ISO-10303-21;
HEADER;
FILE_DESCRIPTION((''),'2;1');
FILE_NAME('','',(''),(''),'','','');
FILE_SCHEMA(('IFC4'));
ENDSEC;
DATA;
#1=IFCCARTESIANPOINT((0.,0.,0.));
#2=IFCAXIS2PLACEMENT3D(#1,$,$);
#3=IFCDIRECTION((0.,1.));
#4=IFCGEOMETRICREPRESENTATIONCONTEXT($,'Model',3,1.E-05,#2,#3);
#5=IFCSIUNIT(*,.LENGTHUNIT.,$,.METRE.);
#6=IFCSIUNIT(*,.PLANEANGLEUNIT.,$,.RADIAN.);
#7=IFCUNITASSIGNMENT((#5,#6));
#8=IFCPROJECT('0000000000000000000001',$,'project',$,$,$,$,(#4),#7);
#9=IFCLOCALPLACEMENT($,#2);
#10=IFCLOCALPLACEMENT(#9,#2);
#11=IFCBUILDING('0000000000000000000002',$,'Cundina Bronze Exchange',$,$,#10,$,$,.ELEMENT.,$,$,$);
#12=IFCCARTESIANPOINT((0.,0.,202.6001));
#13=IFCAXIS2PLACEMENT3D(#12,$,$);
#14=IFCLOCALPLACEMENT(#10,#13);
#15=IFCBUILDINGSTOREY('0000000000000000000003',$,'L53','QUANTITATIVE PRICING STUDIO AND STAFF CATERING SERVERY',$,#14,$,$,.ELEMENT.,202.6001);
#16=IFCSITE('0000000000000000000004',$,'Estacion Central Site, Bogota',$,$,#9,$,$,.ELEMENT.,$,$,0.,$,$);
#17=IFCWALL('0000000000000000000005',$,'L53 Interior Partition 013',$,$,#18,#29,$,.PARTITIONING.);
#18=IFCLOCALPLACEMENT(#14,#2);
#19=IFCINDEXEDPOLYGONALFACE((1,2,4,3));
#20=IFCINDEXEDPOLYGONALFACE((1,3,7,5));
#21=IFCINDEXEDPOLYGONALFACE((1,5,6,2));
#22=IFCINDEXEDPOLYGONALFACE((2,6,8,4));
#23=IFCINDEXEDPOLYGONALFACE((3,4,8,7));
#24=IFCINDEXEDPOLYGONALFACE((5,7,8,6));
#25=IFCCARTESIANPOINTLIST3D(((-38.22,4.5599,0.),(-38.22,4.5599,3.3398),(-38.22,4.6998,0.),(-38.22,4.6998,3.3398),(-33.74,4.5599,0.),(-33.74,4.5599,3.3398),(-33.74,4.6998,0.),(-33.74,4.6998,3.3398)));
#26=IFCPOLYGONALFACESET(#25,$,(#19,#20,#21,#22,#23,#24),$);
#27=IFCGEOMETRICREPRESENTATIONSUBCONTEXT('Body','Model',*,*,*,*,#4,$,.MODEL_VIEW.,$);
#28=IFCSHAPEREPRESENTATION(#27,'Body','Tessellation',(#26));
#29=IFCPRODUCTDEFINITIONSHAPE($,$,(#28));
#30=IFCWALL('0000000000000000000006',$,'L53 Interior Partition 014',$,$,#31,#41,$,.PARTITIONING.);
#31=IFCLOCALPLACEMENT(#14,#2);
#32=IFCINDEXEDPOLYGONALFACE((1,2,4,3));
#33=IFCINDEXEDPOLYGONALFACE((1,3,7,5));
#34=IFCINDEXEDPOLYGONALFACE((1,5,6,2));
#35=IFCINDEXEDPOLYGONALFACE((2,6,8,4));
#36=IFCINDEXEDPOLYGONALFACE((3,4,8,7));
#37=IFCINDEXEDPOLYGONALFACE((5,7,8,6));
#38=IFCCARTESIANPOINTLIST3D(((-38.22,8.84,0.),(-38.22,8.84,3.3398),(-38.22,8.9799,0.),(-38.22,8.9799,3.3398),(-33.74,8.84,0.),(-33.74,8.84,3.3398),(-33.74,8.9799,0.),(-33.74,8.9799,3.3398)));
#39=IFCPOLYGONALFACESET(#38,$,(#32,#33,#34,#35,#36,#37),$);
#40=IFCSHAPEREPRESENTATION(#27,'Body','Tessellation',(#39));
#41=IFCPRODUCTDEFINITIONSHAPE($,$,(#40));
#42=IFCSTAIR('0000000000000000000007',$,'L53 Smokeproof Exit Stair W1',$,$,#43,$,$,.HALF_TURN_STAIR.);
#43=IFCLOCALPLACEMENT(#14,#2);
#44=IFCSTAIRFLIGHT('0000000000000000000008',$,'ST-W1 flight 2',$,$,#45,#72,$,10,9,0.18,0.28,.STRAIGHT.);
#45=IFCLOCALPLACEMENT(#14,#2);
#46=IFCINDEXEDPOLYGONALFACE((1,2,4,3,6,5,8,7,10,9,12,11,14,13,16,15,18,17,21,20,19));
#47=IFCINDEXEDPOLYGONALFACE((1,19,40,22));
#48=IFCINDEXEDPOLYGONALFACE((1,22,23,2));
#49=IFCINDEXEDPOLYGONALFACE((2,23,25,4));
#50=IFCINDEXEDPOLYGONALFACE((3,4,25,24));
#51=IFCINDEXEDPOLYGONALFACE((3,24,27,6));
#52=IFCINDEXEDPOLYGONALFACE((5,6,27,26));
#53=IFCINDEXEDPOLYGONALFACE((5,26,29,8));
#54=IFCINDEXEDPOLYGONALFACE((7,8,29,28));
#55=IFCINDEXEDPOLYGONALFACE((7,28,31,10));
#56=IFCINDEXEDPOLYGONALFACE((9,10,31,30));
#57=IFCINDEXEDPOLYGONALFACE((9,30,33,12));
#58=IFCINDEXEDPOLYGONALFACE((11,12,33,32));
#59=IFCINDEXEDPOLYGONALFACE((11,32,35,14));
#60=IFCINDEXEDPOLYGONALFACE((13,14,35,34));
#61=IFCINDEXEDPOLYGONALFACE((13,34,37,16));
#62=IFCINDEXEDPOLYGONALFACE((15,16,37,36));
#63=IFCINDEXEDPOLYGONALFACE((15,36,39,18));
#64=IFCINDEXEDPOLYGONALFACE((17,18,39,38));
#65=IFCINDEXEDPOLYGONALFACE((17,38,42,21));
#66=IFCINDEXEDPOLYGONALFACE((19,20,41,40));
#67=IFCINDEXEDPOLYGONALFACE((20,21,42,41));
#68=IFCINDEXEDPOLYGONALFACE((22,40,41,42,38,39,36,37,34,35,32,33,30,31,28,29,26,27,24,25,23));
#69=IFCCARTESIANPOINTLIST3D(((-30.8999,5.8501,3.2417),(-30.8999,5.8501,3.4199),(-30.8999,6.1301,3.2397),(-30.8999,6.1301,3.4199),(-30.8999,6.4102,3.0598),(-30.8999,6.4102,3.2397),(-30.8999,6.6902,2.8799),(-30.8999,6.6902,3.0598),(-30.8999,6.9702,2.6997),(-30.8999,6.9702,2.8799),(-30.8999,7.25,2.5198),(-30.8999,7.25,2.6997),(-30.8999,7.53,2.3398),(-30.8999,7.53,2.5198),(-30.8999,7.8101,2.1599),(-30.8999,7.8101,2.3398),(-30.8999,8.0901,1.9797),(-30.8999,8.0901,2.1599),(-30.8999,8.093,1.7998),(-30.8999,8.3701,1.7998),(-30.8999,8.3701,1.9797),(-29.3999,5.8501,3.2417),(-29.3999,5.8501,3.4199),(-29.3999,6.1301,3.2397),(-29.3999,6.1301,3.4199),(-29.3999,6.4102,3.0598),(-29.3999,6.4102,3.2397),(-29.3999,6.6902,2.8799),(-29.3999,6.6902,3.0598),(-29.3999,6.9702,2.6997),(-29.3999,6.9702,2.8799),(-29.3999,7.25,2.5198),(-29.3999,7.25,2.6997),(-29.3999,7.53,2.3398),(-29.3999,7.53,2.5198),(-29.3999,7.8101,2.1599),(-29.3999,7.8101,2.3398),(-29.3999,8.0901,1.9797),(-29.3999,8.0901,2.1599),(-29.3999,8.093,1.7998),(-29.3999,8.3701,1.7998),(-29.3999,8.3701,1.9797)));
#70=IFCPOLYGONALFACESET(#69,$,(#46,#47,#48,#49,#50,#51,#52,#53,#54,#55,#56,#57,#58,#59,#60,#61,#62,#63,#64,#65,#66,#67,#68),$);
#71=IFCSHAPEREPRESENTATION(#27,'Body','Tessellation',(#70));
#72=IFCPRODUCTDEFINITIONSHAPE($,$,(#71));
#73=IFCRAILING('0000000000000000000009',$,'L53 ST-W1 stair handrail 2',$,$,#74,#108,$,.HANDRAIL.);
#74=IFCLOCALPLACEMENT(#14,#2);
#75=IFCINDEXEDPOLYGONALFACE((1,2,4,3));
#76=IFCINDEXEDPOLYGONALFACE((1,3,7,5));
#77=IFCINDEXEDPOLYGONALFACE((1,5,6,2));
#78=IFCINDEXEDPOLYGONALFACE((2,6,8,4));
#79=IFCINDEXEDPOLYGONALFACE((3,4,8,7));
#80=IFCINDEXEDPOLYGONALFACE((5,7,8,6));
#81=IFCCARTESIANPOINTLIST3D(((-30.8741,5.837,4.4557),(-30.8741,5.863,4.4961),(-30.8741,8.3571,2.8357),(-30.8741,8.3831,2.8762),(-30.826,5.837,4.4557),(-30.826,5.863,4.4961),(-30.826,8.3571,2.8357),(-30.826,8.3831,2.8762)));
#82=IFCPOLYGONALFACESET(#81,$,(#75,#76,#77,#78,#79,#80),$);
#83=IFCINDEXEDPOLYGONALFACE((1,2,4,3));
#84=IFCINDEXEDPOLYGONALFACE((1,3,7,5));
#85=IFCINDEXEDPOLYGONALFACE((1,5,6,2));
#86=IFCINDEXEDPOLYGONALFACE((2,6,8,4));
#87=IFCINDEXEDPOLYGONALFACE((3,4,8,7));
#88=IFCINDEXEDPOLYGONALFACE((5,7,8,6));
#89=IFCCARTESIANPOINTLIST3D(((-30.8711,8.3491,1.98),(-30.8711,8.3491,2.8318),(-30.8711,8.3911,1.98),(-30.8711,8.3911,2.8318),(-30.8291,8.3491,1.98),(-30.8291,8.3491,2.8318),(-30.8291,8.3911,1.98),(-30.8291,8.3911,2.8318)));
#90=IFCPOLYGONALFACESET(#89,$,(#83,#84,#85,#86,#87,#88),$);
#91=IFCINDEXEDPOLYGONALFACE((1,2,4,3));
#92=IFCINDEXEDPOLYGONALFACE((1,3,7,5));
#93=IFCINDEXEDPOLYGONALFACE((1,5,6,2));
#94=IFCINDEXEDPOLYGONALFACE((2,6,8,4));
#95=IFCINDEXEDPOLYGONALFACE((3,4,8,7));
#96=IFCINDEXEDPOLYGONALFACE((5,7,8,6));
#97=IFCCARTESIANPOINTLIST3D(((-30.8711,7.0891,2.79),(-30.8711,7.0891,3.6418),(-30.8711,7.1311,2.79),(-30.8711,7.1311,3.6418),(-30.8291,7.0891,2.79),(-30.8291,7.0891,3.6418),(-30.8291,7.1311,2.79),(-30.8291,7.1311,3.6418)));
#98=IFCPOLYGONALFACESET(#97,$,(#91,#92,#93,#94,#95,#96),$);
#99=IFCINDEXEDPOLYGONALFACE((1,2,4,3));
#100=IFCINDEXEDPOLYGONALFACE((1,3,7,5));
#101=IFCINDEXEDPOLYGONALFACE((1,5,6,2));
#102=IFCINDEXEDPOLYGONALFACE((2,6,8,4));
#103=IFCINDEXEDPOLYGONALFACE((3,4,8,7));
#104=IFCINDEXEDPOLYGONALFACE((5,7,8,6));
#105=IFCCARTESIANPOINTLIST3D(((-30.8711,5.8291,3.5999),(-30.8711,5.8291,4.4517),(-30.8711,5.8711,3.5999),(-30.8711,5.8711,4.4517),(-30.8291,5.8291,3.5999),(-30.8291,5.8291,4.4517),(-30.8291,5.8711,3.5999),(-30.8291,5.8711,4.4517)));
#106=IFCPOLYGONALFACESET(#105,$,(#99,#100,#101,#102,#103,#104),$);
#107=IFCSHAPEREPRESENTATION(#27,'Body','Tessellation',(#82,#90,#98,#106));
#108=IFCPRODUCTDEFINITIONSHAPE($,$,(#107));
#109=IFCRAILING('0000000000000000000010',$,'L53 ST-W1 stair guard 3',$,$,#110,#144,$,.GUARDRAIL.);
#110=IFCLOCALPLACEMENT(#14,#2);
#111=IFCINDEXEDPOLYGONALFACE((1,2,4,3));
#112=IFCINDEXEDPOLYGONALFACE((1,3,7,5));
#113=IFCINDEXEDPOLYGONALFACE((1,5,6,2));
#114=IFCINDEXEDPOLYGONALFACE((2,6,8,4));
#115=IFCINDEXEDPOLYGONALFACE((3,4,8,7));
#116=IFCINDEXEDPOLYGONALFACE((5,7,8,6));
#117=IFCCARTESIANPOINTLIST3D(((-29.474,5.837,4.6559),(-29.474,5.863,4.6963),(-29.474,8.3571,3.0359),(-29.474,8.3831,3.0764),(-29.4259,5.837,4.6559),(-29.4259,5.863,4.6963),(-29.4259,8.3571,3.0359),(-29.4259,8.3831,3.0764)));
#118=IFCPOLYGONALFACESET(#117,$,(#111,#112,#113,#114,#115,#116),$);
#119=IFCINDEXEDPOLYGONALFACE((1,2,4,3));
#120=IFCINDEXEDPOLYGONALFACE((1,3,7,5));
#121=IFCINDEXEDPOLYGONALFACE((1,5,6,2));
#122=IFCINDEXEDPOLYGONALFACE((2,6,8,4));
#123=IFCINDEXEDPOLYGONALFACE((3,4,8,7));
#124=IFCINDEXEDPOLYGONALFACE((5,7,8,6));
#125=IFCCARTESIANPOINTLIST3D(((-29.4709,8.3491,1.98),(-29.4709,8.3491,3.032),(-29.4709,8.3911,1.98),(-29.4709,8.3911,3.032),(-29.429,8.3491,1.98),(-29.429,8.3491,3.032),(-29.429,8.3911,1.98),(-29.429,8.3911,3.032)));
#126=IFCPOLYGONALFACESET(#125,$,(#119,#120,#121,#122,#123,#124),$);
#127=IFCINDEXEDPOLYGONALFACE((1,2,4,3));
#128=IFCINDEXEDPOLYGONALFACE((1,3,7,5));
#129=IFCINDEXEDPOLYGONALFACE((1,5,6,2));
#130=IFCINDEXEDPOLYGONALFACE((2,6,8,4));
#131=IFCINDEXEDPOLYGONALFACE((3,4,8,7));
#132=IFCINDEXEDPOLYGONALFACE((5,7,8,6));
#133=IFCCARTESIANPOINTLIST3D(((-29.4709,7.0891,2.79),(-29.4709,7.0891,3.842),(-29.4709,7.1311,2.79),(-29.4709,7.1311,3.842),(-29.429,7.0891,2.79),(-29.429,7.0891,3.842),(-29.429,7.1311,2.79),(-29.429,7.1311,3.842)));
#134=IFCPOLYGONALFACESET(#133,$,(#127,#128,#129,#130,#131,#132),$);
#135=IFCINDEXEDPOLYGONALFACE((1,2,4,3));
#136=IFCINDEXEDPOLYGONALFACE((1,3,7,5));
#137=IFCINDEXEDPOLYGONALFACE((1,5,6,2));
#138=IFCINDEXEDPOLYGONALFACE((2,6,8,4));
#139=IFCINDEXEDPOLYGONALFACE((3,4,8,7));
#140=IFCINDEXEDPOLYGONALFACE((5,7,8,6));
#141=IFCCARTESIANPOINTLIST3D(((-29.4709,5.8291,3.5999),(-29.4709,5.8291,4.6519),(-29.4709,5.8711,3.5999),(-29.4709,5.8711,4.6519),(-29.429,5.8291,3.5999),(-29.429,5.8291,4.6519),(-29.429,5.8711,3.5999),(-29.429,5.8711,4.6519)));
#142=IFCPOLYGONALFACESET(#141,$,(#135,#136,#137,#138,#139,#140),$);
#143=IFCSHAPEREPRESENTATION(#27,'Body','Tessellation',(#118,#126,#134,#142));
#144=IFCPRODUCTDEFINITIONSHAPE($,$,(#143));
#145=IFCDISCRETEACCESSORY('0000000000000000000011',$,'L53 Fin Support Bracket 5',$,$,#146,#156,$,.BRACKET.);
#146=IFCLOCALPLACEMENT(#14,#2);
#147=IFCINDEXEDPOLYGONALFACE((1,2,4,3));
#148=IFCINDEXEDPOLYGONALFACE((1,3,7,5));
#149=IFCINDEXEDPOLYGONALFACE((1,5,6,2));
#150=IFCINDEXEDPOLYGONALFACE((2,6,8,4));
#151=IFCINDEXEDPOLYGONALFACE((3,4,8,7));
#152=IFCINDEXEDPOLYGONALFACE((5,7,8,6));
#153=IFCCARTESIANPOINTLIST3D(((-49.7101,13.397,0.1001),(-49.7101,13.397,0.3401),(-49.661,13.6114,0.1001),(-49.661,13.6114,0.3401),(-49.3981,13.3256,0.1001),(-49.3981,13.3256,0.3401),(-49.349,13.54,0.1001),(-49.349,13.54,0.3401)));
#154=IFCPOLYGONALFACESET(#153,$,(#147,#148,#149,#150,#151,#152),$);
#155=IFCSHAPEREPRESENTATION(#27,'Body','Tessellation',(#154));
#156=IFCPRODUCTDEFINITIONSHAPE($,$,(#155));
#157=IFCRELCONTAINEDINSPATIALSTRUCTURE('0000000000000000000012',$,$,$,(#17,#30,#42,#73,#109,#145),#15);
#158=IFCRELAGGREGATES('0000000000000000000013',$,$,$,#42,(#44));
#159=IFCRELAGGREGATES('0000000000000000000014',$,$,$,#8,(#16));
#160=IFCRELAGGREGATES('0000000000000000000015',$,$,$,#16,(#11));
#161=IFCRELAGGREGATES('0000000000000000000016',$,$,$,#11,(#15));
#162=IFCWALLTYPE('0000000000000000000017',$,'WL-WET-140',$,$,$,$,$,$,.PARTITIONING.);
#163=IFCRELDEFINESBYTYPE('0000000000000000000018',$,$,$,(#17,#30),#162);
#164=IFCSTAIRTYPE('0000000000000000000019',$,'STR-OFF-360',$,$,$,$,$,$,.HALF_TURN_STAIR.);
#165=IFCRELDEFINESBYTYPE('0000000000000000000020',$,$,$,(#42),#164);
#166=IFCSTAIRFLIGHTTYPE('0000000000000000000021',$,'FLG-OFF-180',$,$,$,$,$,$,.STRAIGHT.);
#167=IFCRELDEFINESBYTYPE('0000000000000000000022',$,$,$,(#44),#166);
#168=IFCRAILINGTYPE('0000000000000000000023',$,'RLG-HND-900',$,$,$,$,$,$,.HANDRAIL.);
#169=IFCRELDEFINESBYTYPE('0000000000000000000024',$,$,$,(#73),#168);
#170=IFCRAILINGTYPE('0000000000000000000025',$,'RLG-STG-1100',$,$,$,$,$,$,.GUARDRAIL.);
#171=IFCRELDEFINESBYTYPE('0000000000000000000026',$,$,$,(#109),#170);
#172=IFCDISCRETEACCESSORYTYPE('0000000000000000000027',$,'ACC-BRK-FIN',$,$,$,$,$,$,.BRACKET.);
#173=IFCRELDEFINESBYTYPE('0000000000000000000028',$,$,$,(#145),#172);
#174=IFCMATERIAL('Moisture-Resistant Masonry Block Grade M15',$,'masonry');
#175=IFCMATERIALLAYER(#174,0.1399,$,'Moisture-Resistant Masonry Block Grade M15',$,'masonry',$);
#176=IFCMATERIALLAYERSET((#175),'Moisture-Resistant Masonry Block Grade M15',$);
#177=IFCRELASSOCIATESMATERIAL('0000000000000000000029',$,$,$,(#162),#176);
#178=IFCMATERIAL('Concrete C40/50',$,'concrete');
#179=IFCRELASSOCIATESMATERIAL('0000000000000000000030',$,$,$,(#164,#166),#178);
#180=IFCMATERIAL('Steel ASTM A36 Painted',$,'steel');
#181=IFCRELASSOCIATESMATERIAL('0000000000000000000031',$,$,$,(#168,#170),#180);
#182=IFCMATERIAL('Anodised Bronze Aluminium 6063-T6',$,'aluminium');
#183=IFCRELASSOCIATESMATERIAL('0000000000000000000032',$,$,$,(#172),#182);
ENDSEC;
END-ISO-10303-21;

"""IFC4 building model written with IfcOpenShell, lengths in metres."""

from ifc_helpers import new_model, si_unit, direction, frame, frame_2d, origin, origin_2d, place, context, subcontext, project, spatial, polyline, rectangle, outline, extrude, material, layer, layer_set, type_object, element, aggregate, save


model = new_model("IFC4")

# Units and contexts
model_context = context("Model", 3, precision=1e-05, world=origin(), true_north=direction((0.0, 1.0)))
body_context = subcontext(model_context, "Body", "Model", "MODEL_VIEW")
ifc_project = project(units=[si_unit("LENGTHUNIT", "METRE"), si_unit("PLANEANGLEUNIT", "RADIAN")], contexts=[model_context])

# Site, building, storey
site_placement = place(None, origin())
site = spatial("IfcSite", under=ifc_project, at=site_placement, Name="Estacion Central Site, Bogota", CompositionType="ELEMENT", RefElevation=0.0)
building_placement = place(site_placement, origin())
building = spatial("IfcBuilding", under=site, at=building_placement, Name="Cundina Bronze Exchange", CompositionType="ELEMENT")
storey_placement = place(building_placement, frame((0.0, 0.0, 202.6001)))
storey = spatial("IfcBuildingStorey", under=building, at=storey_placement, Name="L53", Description="QUANTITATIVE PRICING STUDIO AND STAFF CATERING SERVERY", CompositionType="ELEMENT", Elevation=202.6001)

# Shared definitions
ifc_material_1 = material(Name="Anodised Bronze Aluminium 6063-T6", Category="aluminium")

# Shared definitions
ifc_material_2 = material(Name="Steel ASTM A36 Painted", Category="steel")

# Walls
ifc_material_3 = material(Name="Moisture-Resistant Masonry Block Grade M15", Category="masonry")
ifc_layer_1 = layer(ifc_material_3, 0.1399, Name="Moisture-Resistant Masonry Block Grade M15", Category="masonry")
ifc_layer_set_1 = layer_set([ifc_layer_1], Name="Moisture-Resistant Masonry Block Grade M15")
wall_type_1 = type_object("IfcWallType", Name="WL-WET-140", PredefinedType="PARTITIONING", material=ifc_layer_set_1)
for number, where, z_axis, x_axis, name in (
    (1, (-38.22, 4.6299, 0.0), (0.0, 0.0, 1.0), (1.0, 0.0, 0.0), "L53 Interior Partition 013"),
    (2, (-38.22, 8.9099, 0.0), (0.0, 0.0, 1.0), (1.0, 0.0, 0.0), "L53 Interior Partition 014"),
):
    element("IfcWall", number, at=place(storey_placement, frame(where, z_axis=z_axis, x_axis=x_axis)), inside=storey, type_object=wall_type_1, Name=name, PredefinedType="PARTITIONING", context=body_context, shape_type="SweptSolid", body=[
        extrude(rectangle(XDim=4.48, YDim=0.1399, at=frame_2d((2.24, 0.0))), origin(), (0.0, 0.0, 1.0), 3.3398),
    ])

# Stair, stair flight
ifc_material_4 = material(Name="Concrete C40/50", Category="concrete")
stair_type = type_object("IfcStairType", Name="STR-OFF-360", PredefinedType="HALF_TURN_STAIR", material=ifc_material_4)
stair_placement = place(storey_placement, origin())
stair = element("IfcStair", 3, at=stair_placement, inside=storey, type_object=stair_type, Name="L53 Smokeproof Exit Stair W1", PredefinedType="HALF_TURN_STAIR")
stair_flight_type = type_object("IfcStairFlightType", Name="FLG-OFF-180", PredefinedType="STRAIGHT", material=ifc_material_4)
stair_flight_placement = place(storey_placement, frame((-30.1499, 8.3701, 1.7998), z_axis=(0.0, 0.0, 1.0), x_axis=(0.0, -1.0, 0.0)))
stair_flight = element("IfcStairFlight", 4, at=stair_flight_placement, type_object=stair_flight_type, Name="ST-W1 flight 2", NumberOfRisers=10, NumberOfTreads=9, PredefinedType="STRAIGHT", RiserHeight=0.18, TreadLength=0.28, context=body_context, shape_type="SweptSolid", body=[
    extrude(outline(polyline([(0.0, 0.0), (0.0, 0.1799), (0.28, 0.1799), (0.28, 0.3601), (0.5601, 0.3601), (0.5601, 0.54), (0.8401, 0.54), (0.8401, 0.72), (1.1201, 0.72), (1.1201, 0.8999), (1.3999, 0.8999), (1.3999, 1.0801), (1.6799, 1.0801), (1.6799, 1.26), (1.96, 1.26), (1.96, 1.4399), (2.24, 1.4399), (2.24, 1.6201), (2.52, 1.6201), (2.52, 1.8), (2.52, 1.4419), (0.2771, 0.0), (0.0, 0.0)])), frame((0.0, 0.75, 0.0), z_axis=(0.0, -1.0, 0.0), x_axis=(1.0, 0.0, 0.0)), (0.0, 0.0, 1.0), 1.5),
])
aggregate(stair, [stair_flight])

# Railings
railing_type_1 = type_object("IfcRailingType", Name="RLG-HND-900", PredefinedType="HANDRAIL", material=ifc_material_2)
railing_1_placement = place(storey_placement, frame((-30.8501, 8.3701, 1.98)))
element("IfcRailing", 5, at=railing_1_placement, inside=storey, type_object=railing_type_1, Name="L53 ST-W1 stair handrail 2", PredefinedType="HANDRAIL", context=body_context, shape_type="SweptSolid", body=[
    extrude(rectangle(XDim=0.0481, YDim=0.0481, at=origin_2d()), frame((0.0, 0.0, 0.876), z_axis=(0.0, -0.8412, 0.540725), x_axis=(1.0, 0.0, 0.0)), (0.0, 0.0, 1.0), 2.9958),
    extrude(rectangle(XDim=0.042, YDim=0.042, at=origin_2d()), origin(), (0.0, 0.0, 1.0), 0.8518),
    extrude(rectangle(XDim=0.042, YDim=0.042, at=origin_2d()), frame((0.0, -1.26, 0.8101)), (0.0, 0.0, 1.0), 0.8518),
    extrude(rectangle(XDim=0.042, YDim=0.042, at=origin_2d()), frame((0.0, -2.52, 1.6199)), (0.0, 0.0, 1.0), 0.8518),
])
railing_type_2 = type_object("IfcRailingType", Name="RLG-STG-1100", PredefinedType="GUARDRAIL", material=ifc_material_2)
railing_2_placement = place(storey_placement, frame((-29.45, 8.3701, 1.98)))
element("IfcRailing", 6, at=railing_2_placement, inside=storey, type_object=railing_type_2, Name="L53 ST-W1 stair guard 3", PredefinedType="GUARDRAIL", context=body_context, shape_type="SweptSolid", body=[
    extrude(rectangle(XDim=0.0481, YDim=0.0481, at=origin_2d()), frame((0.0, 0.0, 1.0762), z_axis=(0.0, -0.8412, 0.540725), x_axis=(1.0, 0.0, 0.0)), (0.0, 0.0, 1.0), 2.9958),
    extrude(rectangle(XDim=0.042, YDim=0.042, at=origin_2d()), origin(), (0.0, 0.0, 1.0), 1.052),
    extrude(rectangle(XDim=0.042, YDim=0.042, at=origin_2d()), frame((0.0, -1.26, 0.8101)), (0.0, 0.0, 1.0), 1.052),
    extrude(rectangle(XDim=0.042, YDim=0.042, at=origin_2d()), frame((0.0, -2.52, 1.6199)), (0.0, 0.0, 1.0), 1.052),
])

# Discrete accessory
discrete_accessory_type = type_object("IfcDiscreteAccessoryType", Name="ACC-BRK-FIN", PredefinedType="BRACKET", material=ifc_material_1)
discrete_accessory_placement = place(storey_placement, frame((-49.5295, 13.4685, 0.1001), z_axis=(0.0, 0.0, 1.0), x_axis=(-0.223284, -0.974753, 0.0)))
element("IfcDiscreteAccessory", 7, at=discrete_accessory_placement, inside=storey, type_object=discrete_accessory_type, Name="L53 Fin Support Bracket 5", PredefinedType="BRACKET", context=body_context, shape_type="SweptSolid", body=[
    extrude(rectangle(XDim=0.22, YDim=0.3201, at=origin_2d()), origin(), (0.0, 0.0, 1.0), 0.24),
])

save(model, "model.ifc")
